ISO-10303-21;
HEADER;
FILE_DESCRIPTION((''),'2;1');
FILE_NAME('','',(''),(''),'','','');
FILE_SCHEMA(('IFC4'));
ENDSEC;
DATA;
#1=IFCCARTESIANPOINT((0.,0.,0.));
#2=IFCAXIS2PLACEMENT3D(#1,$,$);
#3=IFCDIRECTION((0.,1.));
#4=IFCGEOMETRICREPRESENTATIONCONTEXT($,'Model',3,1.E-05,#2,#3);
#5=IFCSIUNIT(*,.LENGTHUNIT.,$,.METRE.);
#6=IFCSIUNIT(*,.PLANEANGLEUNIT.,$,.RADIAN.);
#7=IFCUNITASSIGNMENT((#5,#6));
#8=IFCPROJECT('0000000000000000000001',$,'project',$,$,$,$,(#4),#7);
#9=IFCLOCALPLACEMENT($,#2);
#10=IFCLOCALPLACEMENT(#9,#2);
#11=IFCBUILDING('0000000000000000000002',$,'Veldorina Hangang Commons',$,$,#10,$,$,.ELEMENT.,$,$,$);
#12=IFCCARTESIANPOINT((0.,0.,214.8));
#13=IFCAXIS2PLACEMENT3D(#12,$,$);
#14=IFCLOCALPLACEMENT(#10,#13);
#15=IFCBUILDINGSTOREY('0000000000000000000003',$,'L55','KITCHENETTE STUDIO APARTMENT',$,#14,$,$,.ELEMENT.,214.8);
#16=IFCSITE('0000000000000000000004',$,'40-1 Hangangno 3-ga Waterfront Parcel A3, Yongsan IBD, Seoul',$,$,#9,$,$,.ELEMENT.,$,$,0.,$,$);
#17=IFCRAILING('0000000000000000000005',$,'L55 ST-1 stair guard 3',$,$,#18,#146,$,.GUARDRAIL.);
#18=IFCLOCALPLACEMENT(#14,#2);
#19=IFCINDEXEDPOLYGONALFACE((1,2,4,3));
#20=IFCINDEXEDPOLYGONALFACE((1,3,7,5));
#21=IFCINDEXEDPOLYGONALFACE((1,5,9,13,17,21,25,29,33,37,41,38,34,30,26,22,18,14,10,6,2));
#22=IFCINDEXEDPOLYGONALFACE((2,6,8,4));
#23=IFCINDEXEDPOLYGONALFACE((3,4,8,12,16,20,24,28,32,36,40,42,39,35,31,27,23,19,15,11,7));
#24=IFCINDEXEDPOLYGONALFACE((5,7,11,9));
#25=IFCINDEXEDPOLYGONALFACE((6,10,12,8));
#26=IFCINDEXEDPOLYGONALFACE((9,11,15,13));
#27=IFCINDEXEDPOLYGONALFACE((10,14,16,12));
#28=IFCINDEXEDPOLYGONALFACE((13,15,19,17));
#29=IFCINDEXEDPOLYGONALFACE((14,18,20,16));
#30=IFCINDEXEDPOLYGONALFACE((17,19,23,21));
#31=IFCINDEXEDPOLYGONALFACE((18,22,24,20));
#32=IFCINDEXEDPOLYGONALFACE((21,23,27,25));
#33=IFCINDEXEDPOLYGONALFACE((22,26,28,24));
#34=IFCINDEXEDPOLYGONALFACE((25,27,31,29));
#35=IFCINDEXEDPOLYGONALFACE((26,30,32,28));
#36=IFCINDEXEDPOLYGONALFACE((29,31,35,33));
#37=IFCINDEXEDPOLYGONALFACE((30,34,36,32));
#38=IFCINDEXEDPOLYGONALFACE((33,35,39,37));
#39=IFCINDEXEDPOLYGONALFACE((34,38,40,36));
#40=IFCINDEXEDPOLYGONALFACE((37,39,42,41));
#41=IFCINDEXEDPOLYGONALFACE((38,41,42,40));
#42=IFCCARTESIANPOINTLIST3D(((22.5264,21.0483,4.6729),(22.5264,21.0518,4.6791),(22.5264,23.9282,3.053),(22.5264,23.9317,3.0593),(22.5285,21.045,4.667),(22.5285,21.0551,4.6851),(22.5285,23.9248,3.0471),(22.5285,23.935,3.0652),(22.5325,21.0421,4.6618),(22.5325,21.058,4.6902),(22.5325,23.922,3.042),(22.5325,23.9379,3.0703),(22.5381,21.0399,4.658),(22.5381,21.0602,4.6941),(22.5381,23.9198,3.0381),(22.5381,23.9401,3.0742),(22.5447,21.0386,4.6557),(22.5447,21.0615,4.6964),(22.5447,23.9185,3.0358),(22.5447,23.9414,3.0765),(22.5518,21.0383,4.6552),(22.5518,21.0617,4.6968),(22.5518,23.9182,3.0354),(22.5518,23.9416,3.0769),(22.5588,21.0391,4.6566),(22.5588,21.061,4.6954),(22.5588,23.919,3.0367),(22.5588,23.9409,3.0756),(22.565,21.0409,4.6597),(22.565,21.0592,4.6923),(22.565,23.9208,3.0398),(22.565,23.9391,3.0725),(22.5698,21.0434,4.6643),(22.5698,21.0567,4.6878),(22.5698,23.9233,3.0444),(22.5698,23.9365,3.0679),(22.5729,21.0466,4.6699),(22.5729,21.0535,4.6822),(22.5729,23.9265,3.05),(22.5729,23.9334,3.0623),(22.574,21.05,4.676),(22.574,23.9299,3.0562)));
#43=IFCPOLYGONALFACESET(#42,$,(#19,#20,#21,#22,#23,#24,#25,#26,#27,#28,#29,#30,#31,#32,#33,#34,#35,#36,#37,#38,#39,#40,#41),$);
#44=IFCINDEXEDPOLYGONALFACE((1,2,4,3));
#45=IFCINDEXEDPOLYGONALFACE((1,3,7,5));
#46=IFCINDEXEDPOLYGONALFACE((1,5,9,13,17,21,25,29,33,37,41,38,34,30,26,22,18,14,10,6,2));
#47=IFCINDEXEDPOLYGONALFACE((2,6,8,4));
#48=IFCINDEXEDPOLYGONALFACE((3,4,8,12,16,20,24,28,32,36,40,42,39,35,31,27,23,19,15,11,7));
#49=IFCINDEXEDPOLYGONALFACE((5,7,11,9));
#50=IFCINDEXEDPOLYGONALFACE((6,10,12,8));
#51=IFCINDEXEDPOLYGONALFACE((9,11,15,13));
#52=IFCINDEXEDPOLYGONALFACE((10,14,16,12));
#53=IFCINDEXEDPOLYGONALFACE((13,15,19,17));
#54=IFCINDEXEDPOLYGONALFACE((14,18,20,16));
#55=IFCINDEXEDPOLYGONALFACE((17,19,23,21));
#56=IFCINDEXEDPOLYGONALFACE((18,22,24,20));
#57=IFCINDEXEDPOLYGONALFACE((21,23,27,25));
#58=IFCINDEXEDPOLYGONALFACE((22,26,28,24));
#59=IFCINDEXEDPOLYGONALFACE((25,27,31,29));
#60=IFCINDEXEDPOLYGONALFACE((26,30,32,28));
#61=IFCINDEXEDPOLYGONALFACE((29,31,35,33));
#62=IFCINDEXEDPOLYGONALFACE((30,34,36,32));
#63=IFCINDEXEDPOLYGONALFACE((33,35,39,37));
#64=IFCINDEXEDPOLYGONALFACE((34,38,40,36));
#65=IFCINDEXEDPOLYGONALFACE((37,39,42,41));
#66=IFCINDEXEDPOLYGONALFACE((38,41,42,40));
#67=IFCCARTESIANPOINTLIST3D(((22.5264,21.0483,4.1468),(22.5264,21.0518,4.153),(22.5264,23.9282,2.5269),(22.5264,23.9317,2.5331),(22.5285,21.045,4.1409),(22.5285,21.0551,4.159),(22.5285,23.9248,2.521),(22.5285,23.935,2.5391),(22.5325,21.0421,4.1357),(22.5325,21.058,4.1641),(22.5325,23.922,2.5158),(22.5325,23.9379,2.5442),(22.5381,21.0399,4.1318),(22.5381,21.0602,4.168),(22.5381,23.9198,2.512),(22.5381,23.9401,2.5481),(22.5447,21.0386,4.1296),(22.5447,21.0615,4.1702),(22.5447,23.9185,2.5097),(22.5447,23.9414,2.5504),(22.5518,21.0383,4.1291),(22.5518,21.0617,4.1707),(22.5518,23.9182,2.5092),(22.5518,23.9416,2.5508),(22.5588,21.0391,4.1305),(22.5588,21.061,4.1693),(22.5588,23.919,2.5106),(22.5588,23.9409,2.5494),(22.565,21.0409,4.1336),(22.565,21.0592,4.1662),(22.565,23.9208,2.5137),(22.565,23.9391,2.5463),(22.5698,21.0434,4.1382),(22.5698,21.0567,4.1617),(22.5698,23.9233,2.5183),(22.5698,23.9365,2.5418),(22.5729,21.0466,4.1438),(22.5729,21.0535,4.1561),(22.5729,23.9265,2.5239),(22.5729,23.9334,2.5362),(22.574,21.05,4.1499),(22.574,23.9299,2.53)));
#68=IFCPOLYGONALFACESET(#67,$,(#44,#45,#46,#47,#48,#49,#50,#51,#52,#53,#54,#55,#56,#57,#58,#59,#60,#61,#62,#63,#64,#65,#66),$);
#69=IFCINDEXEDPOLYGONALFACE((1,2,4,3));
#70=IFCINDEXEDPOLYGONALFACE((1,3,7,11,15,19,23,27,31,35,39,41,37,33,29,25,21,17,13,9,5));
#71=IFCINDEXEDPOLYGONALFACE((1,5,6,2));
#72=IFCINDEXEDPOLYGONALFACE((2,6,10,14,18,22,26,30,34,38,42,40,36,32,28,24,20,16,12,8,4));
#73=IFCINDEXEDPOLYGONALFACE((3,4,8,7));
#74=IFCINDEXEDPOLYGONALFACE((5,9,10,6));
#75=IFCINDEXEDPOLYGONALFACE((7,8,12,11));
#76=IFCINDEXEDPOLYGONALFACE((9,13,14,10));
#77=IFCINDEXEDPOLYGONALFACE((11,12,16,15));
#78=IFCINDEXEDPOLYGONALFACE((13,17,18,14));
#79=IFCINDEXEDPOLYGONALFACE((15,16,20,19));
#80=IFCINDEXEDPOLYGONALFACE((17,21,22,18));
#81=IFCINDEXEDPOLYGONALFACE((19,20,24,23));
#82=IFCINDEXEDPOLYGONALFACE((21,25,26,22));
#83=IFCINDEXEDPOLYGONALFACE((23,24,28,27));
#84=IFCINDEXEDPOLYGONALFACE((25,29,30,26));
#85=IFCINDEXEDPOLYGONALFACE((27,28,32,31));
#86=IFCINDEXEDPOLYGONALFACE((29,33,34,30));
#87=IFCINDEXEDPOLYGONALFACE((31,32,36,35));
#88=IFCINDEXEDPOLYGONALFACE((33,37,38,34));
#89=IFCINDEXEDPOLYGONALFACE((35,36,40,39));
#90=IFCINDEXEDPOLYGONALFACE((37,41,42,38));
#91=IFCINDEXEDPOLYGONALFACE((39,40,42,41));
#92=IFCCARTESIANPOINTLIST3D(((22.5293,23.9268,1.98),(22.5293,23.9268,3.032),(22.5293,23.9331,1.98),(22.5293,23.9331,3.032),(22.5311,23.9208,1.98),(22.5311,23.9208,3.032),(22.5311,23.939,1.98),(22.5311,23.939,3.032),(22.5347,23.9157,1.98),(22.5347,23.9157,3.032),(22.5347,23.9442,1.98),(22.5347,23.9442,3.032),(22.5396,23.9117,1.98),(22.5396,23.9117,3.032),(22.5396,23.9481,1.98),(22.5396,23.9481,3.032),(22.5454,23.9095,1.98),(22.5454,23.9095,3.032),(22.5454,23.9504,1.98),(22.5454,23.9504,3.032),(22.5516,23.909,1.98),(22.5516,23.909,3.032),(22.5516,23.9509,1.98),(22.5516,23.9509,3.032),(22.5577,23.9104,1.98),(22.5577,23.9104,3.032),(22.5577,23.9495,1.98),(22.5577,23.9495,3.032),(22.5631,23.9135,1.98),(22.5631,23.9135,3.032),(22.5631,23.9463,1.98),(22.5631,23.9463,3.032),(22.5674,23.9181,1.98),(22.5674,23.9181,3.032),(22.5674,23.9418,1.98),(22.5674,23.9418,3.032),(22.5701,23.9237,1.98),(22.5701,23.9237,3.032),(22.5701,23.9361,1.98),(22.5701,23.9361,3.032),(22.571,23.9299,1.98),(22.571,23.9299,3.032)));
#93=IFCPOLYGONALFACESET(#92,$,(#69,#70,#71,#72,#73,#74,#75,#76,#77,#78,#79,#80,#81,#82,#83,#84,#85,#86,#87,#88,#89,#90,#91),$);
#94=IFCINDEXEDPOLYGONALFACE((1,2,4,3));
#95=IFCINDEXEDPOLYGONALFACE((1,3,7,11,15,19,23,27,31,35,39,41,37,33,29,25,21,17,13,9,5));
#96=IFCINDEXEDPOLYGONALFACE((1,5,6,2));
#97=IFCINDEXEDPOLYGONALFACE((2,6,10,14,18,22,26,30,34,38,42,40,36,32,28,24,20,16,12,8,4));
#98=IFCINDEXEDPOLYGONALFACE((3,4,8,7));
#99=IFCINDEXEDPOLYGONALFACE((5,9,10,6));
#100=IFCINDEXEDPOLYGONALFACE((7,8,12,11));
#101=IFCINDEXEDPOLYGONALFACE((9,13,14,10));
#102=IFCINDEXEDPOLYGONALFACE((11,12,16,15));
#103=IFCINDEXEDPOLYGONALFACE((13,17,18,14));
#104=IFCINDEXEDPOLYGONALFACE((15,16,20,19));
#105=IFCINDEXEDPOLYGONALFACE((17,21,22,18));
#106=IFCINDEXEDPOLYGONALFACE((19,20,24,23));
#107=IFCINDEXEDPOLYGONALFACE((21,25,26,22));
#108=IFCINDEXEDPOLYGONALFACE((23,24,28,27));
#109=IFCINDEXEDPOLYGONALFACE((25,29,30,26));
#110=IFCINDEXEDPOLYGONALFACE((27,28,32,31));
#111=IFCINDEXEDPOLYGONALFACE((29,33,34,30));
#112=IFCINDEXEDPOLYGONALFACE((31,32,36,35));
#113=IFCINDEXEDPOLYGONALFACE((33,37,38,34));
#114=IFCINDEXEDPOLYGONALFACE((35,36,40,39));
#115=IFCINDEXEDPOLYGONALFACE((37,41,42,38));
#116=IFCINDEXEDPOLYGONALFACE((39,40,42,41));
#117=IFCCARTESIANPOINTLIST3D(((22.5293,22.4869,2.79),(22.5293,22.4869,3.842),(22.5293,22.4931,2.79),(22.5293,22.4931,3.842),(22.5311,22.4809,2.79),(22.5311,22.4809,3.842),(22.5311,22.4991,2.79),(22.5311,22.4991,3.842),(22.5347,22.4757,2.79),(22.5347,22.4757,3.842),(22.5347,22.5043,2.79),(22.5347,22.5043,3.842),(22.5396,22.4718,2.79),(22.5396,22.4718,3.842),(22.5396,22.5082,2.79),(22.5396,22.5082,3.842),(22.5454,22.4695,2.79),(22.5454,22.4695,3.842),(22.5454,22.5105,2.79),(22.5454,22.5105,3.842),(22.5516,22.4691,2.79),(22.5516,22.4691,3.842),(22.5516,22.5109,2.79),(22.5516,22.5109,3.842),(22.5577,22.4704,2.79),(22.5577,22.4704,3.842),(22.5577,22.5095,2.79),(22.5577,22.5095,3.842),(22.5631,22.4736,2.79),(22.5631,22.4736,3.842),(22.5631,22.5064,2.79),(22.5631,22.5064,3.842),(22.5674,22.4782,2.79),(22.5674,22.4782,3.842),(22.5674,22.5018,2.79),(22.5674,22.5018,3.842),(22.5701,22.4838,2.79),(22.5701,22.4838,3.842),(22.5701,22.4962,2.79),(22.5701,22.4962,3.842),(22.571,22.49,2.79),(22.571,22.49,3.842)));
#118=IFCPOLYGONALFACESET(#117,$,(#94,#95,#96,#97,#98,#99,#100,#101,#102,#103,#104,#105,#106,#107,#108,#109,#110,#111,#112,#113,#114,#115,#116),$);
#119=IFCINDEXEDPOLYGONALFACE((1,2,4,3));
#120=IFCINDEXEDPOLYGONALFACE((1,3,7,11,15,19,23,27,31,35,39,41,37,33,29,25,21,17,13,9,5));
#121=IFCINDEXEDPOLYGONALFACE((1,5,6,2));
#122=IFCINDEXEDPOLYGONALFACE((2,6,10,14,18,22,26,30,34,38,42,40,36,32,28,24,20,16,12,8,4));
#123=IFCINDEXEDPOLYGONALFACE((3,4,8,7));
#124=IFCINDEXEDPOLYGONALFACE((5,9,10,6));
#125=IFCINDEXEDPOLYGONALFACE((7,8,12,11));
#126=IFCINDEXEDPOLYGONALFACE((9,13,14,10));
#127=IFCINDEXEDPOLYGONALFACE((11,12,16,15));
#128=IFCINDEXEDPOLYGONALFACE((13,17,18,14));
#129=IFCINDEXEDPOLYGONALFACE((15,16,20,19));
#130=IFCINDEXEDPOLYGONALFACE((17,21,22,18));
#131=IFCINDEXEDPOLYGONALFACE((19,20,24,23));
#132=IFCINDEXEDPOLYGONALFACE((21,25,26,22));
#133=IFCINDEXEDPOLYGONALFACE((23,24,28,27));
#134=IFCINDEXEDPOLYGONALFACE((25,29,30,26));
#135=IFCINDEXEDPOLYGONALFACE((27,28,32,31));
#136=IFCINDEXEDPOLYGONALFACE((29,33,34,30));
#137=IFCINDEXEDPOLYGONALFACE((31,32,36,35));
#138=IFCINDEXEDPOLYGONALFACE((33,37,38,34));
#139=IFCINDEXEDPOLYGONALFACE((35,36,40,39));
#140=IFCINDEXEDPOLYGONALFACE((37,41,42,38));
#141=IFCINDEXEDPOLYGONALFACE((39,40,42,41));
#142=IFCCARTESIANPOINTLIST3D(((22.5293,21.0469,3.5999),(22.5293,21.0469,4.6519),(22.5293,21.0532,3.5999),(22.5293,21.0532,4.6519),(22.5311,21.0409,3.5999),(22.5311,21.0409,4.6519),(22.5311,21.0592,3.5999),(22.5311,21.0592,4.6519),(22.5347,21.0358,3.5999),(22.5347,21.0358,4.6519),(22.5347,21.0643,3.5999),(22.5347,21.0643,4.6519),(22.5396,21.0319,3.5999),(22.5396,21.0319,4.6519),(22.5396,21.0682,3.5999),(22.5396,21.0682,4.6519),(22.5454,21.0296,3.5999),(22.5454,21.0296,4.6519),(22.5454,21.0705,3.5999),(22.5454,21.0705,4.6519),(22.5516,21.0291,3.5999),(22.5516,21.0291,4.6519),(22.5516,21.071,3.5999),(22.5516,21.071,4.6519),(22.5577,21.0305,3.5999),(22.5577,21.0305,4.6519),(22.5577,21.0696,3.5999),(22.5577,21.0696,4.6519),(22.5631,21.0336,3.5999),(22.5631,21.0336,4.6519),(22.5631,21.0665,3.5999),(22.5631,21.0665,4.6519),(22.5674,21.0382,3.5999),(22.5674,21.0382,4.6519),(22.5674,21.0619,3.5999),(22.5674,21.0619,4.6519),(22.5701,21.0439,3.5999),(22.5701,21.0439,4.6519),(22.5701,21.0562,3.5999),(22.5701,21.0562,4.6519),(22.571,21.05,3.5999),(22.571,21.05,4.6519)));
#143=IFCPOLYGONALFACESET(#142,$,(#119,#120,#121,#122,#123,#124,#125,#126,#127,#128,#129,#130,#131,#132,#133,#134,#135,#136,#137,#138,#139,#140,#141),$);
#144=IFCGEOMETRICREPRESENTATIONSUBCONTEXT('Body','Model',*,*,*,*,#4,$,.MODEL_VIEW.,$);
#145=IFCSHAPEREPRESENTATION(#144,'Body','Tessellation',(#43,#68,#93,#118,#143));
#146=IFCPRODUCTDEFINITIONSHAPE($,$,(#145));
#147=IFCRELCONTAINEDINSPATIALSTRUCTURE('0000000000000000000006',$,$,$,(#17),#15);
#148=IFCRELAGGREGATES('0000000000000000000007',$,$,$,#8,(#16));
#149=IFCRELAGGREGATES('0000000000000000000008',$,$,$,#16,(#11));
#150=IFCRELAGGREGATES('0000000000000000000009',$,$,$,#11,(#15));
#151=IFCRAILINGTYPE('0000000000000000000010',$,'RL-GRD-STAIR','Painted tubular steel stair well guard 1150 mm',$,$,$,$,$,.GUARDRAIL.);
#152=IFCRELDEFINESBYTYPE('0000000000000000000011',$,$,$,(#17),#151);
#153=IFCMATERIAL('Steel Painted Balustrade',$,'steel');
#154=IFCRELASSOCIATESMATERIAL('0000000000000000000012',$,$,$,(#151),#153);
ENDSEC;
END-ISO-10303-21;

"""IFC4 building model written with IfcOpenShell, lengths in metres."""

from ifc_helpers import new_model, si_unit, direction, frame, origin, origin_2d, place, context, subcontext, project, spatial, circle, extrude, material, type_object, element, save


model = new_model("IFC4")

# Units and contexts
model_context = context("Model", 3, precision=1e-05, world=origin(), true_north=direction((0.0, 1.0)))
body_context = subcontext(model_context, "Body", "Model", "MODEL_VIEW")
ifc_project = project(units=[si_unit("LENGTHUNIT", "METRE"), si_unit("PLANEANGLEUNIT", "RADIAN")], contexts=[model_context])

# Site, building, storey
site_placement = place(None, origin())
site = spatial("IfcSite", under=ifc_project, at=site_placement, Name="40-1 Hangangno 3-ga Waterfront Parcel A3, Yongsan IBD, Seoul", CompositionType="ELEMENT", RefElevation=0.0)
building_placement = place(site_placement, origin())
building = spatial("IfcBuilding", under=site, at=building_placement, Name="Veldorina Hangang Commons", CompositionType="ELEMENT")
storey_placement = place(building_placement, frame((0.0, 0.0, 214.8)))
storey = spatial("IfcBuildingStorey", under=building, at=storey_placement, Name="L55", Description="KITCHENETTE STUDIO APARTMENT", CompositionType="ELEMENT", Elevation=214.8)

# Railing
ifc_material_1 = material(Name="Steel Painted Balustrade", Category="steel")
railing_type_1 = type_object("IfcRailingType", Name="RL-GRD-STAIR", Description="Painted tubular steel stair well guard 1150 mm", PredefinedType="GUARDRAIL", material=ifc_material_1)
railing_1_placement = place(storey_placement, frame((22.55, 23.9299, 1.98)))
element("IfcRailing", 1, at=railing_1_placement, inside=storey, type_object=railing_type_1, Name="L55 ST-1 stair guard 3", PredefinedType="GUARDRAIL", context=body_context, shape_type="SweptSolid", body=[
    extrude(circle(Radius=0.0239, at=origin_2d()), frame((0.0, 0.0, 1.0762), z_axis=(0.0, -0.871583, 0.490247), x_axis=(1.0, 0.0, 0.0)), (0.0, 0.0, 1.0), 3.3042),
    extrude(circle(Radius=0.0239, at=origin_2d()), frame((0.0, 0.0, 0.55), z_axis=(0.0, -0.871583, 0.490247), x_axis=(1.0, 0.0, 0.0)), (0.0, 0.0, 1.0), 3.3042),
    extrude(circle(Radius=0.021, at=origin_2d()), origin(), (0.0, 0.0, 1.0), 1.052),
    extrude(circle(Radius=0.021, at=origin_2d()), frame((0.0, -1.4399, 0.8101)), (0.0, 0.0, 1.0), 1.052),
    extrude(circle(Radius=0.021, at=origin_2d()), frame((0.0, -2.8799, 1.6199)), (0.0, 0.0, 1.0), 1.052),
])

save(model, "model.ifc")
